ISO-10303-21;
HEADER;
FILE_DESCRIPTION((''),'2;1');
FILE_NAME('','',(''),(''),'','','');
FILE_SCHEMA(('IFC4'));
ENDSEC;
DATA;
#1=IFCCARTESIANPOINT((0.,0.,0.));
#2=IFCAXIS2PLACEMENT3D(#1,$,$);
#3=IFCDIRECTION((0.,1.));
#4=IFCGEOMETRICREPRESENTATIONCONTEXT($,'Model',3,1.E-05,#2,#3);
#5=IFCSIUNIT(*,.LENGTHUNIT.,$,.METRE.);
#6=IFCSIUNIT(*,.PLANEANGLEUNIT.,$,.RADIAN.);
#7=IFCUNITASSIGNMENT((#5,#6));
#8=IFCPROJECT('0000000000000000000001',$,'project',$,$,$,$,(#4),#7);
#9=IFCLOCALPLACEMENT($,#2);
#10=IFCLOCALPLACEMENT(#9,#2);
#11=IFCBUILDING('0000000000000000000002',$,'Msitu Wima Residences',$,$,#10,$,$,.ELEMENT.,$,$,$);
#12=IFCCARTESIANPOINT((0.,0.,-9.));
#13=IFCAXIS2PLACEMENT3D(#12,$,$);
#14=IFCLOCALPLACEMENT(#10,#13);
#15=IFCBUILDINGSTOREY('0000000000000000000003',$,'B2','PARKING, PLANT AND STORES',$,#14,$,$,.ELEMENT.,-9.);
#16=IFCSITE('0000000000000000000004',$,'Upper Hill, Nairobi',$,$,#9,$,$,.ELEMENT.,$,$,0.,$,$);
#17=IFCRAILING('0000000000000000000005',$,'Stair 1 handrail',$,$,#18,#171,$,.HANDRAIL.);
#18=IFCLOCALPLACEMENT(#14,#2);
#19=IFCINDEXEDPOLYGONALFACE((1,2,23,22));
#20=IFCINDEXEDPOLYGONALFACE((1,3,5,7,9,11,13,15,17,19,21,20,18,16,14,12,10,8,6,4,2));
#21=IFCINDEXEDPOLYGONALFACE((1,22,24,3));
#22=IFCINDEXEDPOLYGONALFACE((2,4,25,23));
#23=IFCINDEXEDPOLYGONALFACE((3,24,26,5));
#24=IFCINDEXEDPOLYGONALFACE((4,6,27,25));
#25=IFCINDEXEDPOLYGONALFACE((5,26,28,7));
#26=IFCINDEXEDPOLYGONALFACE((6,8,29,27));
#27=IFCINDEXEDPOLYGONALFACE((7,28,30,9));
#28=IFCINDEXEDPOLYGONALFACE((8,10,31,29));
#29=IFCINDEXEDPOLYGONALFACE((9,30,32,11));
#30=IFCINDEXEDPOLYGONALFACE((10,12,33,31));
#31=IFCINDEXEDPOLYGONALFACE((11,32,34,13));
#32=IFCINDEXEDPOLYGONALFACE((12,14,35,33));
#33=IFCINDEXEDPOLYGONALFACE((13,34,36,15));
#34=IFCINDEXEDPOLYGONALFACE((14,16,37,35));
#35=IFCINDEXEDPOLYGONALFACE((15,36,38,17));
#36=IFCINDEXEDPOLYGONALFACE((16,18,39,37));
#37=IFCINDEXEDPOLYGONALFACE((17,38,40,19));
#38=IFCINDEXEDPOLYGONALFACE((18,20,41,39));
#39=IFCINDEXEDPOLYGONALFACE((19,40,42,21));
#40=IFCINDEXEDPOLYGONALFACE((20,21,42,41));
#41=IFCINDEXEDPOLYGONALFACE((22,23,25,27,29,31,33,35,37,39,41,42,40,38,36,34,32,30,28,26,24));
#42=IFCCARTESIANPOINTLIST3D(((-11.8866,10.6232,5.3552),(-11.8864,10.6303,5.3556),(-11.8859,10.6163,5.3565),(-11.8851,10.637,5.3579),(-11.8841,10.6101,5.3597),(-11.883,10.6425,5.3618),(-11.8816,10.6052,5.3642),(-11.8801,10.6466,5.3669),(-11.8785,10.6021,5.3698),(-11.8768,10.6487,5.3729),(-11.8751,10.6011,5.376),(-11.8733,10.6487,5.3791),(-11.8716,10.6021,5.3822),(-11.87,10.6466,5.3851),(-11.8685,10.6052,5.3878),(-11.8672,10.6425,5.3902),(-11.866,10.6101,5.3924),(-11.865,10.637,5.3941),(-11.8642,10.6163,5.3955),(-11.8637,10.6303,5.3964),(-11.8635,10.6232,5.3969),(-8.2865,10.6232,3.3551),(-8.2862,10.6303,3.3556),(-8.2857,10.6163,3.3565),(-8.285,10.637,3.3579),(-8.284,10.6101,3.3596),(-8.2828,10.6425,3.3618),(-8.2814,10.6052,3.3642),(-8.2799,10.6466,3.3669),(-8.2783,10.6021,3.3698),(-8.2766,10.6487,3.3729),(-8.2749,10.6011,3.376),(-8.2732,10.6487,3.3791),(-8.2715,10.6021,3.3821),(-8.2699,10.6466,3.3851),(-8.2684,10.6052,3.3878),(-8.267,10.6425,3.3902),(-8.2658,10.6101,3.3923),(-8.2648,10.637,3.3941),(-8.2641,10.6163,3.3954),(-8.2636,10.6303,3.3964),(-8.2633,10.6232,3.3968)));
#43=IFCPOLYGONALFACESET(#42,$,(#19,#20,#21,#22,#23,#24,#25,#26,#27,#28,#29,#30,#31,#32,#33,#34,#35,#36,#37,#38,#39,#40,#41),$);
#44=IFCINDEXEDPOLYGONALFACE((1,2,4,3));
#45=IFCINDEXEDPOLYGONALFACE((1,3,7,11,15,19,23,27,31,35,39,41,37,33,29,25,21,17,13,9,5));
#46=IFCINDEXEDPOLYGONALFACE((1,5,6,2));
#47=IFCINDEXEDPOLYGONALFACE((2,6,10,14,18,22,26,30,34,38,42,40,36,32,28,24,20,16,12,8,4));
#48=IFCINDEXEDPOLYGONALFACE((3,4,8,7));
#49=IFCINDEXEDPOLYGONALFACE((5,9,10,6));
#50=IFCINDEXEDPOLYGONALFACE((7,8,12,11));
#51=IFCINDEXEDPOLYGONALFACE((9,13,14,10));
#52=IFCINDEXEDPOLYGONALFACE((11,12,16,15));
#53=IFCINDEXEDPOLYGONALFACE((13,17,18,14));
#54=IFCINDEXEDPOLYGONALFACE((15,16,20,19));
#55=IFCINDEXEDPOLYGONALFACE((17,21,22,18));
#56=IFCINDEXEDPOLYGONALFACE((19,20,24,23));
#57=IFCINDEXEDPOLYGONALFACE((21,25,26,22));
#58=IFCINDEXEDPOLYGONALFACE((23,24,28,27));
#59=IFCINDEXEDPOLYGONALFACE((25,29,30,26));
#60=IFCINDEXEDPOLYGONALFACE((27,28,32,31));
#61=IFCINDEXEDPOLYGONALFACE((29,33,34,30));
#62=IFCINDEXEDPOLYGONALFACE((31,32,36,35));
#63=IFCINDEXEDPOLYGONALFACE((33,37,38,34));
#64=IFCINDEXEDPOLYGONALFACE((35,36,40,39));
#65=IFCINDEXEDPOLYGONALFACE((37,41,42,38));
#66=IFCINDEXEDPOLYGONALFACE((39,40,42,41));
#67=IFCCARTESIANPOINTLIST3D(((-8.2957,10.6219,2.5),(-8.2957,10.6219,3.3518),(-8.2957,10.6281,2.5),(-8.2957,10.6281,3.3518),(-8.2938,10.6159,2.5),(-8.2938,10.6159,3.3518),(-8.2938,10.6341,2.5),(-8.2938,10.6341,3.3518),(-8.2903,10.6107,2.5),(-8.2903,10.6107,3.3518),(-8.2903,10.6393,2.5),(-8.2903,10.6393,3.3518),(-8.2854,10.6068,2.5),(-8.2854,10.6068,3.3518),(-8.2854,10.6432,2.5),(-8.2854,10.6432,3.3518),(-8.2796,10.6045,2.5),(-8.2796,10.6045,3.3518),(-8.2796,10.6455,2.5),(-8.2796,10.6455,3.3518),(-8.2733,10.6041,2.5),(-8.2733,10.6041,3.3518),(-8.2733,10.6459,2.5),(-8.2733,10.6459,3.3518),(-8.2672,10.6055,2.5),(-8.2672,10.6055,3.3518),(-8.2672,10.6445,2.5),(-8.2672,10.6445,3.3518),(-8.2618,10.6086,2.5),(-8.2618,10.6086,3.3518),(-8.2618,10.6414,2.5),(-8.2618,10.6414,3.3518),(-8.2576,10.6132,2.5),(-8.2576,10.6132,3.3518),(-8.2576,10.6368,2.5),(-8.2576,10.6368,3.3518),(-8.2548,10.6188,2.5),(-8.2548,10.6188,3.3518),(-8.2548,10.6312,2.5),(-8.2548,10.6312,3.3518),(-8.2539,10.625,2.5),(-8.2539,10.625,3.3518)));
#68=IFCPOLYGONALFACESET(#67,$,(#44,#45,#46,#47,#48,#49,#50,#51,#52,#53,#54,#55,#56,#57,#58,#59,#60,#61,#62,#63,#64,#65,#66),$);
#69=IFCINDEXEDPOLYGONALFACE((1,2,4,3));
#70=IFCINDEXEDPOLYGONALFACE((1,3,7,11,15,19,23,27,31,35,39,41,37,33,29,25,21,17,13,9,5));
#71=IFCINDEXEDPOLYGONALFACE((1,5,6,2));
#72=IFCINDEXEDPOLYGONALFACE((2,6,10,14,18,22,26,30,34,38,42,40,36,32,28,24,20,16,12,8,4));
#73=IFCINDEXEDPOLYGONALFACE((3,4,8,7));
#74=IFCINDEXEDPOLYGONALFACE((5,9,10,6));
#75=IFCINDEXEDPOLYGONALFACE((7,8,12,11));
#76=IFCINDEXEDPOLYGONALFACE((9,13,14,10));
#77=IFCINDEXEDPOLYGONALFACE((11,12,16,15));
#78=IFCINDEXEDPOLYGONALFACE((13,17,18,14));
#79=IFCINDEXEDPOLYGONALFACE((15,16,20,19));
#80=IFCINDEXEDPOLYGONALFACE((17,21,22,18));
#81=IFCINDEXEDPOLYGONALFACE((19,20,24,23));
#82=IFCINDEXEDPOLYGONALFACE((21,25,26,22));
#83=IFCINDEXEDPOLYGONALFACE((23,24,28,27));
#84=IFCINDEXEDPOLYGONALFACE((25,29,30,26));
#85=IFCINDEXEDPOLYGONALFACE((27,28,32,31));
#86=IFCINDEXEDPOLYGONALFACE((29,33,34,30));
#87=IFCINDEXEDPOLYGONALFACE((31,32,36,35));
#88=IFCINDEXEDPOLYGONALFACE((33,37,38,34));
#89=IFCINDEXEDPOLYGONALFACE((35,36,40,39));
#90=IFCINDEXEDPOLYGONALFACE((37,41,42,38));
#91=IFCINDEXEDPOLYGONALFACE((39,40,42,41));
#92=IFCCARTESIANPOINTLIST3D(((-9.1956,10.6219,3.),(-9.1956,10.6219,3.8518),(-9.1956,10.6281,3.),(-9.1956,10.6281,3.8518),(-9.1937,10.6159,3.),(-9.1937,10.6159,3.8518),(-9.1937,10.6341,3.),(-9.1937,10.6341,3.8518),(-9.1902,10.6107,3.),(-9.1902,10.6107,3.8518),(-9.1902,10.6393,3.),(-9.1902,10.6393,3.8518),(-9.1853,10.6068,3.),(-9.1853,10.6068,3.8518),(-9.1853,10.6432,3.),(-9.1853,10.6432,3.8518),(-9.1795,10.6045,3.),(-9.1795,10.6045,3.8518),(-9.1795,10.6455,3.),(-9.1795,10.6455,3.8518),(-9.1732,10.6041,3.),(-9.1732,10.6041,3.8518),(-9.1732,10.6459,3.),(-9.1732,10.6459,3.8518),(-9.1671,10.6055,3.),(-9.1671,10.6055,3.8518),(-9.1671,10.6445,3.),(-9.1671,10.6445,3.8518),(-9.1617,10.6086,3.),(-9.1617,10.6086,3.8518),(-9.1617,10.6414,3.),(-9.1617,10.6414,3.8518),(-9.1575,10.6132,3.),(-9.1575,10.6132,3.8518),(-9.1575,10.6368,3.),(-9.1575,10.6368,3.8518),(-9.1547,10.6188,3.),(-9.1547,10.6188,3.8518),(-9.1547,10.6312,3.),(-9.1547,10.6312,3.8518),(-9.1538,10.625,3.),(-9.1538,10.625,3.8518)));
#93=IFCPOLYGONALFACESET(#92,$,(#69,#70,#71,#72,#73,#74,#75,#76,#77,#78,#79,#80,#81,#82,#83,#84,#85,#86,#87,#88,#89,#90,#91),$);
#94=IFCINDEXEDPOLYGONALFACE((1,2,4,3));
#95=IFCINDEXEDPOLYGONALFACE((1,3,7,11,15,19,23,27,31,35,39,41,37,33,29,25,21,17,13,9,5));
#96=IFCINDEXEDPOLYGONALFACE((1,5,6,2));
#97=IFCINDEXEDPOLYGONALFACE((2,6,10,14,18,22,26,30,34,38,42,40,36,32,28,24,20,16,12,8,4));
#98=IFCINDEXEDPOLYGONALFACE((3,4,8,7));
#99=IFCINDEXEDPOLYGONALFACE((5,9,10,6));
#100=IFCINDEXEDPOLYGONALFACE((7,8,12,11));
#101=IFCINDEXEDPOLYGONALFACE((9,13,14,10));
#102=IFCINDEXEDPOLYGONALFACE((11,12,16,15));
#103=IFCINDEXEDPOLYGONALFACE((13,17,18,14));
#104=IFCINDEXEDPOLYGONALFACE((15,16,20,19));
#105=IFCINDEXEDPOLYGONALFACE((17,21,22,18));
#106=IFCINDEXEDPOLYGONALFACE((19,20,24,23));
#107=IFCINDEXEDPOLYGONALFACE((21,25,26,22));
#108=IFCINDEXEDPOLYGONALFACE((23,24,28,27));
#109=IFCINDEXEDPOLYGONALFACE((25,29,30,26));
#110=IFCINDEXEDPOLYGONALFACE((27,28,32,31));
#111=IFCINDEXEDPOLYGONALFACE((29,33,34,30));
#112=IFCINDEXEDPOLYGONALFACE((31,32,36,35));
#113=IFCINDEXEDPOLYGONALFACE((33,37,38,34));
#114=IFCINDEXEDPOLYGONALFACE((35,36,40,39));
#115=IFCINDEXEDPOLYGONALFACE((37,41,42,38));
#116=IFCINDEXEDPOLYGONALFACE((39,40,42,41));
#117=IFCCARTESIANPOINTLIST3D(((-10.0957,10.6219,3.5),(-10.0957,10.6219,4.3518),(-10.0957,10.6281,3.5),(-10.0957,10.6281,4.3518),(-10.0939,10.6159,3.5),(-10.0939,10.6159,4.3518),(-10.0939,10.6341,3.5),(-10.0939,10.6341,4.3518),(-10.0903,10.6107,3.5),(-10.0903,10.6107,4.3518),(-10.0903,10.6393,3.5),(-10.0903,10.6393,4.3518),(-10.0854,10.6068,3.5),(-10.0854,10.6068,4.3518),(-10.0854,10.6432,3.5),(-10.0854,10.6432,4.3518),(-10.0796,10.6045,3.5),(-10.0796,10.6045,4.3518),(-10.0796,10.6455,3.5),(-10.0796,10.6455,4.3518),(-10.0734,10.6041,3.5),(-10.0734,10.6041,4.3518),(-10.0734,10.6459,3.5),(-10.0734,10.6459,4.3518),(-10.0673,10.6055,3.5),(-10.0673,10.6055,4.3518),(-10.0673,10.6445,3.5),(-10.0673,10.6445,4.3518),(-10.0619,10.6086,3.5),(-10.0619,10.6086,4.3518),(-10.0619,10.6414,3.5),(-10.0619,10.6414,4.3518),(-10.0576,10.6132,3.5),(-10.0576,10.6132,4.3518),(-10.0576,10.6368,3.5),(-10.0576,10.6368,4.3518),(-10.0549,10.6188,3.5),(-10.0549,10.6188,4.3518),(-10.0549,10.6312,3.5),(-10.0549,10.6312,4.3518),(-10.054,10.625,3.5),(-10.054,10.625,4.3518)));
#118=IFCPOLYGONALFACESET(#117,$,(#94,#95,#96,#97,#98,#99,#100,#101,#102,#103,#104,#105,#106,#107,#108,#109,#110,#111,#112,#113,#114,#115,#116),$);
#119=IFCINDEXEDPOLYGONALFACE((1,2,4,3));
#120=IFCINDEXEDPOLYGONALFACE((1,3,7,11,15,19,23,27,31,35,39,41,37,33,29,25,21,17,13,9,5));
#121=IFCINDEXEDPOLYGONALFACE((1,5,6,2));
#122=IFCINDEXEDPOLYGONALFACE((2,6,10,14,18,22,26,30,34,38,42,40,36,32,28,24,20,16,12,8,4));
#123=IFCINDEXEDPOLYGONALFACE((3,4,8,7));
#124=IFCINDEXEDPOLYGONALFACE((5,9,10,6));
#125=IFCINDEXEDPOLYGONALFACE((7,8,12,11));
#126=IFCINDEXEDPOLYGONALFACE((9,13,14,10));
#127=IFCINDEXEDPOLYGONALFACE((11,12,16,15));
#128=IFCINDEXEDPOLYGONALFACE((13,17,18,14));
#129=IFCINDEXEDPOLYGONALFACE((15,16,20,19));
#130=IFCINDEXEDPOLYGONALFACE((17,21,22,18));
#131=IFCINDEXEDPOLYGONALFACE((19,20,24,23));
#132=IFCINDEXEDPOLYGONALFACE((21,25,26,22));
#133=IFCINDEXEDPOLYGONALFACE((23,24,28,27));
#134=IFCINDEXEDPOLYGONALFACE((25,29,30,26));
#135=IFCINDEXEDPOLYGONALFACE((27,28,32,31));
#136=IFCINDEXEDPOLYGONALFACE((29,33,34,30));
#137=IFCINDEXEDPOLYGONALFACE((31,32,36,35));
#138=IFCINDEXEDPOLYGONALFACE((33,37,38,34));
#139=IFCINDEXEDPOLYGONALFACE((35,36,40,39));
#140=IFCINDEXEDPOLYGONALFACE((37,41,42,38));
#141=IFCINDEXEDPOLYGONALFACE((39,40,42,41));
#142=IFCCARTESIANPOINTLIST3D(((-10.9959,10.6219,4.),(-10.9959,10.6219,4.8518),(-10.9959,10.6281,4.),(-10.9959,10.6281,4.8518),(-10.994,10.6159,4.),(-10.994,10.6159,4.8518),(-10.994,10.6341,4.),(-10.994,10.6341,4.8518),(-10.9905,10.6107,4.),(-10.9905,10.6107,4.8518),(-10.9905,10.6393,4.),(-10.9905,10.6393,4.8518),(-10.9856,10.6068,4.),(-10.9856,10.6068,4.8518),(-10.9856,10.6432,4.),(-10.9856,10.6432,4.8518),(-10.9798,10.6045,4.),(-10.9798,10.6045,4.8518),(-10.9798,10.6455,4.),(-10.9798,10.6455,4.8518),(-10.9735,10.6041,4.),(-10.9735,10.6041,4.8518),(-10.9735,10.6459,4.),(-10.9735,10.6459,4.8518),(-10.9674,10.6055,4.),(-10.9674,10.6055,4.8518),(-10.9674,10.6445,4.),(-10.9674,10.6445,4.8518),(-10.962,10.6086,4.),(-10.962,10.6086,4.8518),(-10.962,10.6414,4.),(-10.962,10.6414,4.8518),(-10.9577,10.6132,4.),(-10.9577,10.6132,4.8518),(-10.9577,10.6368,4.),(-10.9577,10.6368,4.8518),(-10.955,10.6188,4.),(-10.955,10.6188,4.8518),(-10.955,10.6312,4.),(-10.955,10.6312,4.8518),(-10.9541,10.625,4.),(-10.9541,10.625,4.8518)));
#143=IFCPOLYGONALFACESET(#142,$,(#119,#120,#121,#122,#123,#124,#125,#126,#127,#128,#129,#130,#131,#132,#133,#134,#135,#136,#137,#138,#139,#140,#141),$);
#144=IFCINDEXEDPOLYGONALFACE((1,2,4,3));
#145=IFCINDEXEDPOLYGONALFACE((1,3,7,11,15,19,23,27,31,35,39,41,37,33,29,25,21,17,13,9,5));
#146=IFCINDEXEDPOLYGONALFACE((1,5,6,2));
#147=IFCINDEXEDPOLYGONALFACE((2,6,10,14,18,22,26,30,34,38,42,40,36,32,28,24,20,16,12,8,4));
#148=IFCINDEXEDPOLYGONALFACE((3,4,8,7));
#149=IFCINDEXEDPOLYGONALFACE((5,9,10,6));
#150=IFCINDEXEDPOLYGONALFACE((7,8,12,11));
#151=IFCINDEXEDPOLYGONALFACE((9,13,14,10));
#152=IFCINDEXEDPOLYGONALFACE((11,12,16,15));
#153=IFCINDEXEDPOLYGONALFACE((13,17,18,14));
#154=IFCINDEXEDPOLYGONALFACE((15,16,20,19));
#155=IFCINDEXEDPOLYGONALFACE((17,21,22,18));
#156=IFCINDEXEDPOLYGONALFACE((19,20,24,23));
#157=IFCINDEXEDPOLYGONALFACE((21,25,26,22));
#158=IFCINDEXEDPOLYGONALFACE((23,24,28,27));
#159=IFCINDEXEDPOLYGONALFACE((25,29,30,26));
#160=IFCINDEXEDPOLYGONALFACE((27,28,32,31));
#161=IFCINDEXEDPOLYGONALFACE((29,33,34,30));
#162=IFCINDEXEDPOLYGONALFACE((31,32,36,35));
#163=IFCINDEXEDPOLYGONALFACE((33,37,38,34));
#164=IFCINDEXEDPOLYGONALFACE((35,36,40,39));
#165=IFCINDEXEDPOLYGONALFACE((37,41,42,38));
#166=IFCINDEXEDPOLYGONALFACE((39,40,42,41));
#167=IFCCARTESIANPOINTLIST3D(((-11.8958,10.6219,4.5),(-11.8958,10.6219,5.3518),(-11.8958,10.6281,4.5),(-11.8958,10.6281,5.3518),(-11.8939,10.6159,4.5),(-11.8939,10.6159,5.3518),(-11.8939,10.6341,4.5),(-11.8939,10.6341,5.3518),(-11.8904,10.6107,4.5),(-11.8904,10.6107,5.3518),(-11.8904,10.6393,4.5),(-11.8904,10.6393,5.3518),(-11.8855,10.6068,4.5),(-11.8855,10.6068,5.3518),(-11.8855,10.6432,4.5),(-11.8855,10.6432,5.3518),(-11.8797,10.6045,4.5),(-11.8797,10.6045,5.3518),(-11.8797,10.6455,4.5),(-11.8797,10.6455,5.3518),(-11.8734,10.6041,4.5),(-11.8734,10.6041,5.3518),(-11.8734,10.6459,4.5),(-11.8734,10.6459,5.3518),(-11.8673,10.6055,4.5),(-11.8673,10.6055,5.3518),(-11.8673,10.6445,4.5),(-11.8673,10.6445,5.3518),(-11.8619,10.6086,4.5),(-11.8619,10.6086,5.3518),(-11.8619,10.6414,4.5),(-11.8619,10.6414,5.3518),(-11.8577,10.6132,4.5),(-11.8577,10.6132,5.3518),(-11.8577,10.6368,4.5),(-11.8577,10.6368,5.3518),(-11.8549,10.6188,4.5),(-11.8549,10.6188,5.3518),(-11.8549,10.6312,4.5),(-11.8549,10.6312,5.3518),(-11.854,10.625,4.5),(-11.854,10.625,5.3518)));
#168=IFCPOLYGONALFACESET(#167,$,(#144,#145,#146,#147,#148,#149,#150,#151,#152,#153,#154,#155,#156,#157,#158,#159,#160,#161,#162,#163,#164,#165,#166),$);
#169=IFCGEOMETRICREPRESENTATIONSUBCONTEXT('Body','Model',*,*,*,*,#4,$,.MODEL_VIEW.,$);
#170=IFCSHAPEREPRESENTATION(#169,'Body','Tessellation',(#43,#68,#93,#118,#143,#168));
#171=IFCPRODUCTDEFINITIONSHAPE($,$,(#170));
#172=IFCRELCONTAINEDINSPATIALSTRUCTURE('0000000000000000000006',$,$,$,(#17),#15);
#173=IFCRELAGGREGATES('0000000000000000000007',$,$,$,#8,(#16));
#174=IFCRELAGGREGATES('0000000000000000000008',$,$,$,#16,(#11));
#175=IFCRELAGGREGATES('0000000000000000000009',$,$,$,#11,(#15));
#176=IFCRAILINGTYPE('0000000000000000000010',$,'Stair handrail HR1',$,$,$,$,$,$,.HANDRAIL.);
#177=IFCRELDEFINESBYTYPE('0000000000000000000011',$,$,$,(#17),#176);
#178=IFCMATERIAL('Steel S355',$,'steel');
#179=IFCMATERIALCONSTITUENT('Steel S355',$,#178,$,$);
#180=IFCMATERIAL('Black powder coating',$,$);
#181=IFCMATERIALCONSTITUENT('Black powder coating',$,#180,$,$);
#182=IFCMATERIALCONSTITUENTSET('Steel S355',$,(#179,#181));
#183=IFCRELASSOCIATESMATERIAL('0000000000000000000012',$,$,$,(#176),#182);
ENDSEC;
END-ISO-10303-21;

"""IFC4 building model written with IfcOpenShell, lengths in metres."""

from ifc_helpers import new_model, si_unit, direction, frame, origin, origin_2d, place, context, subcontext, project, spatial, circle, extrude, material, constituent, constituent_set, type_object, element, save


model = new_model("IFC4")

# Units and contexts
model_context = context("Model", 3, precision=1e-05, world=origin(), true_north=direction((0.0, 1.0)))
body_context = subcontext(model_context, "Body", "Model", "MODEL_VIEW")
ifc_project = project(units=[si_unit("LENGTHUNIT", "METRE"), si_unit("PLANEANGLEUNIT", "RADIAN")], contexts=[model_context])

# Site, building, storey
site_placement = place(None, origin())
site = spatial("IfcSite", under=ifc_project, at=site_placement, Name="Upper Hill, Nairobi", CompositionType="ELEMENT", RefElevation=0.0)
building_placement = place(site_placement, origin())
building = spatial("IfcBuilding", under=site, at=building_placement, Name="Msitu Wima Residences", CompositionType="ELEMENT")
storey_placement = place(building_placement, frame((0.0, 0.0, -9.0)))
storey = spatial("IfcBuildingStorey", under=building, at=storey_placement, Name="B2", Description="PARKING, PLANT AND STORES", CompositionType="ELEMENT", Elevation=-9.0)

# Railing
ifc_material_1 = material(Name="Steel S355", Category="steel")
ifc_constituent_1 = constituent(ifc_material_1, Name="Steel S355")
ifc_material_2 = material(Name="Black powder coating")
ifc_constituent_2 = constituent(ifc_material_2, Name="Black powder coating")
ifc_constituent_set = constituent_set(constituents=[ifc_constituent_1, ifc_constituent_2], Name="Steel S355")
railing_type = type_object("IfcRailingType", Name="Stair handrail HR1", PredefinedType="HANDRAIL", material=ifc_constituent_set)
for number, where, name in (
    (1, (-8.2749, 10.625, 2.5), "Stair 1 handrail"),
):
    element("IfcRailing", number, at=place(storey_placement, frame(where)), inside=storey, type_object=railing_type, Name=name, PredefinedType="HANDRAIL", context=body_context, shape_type="SweptSolid", body=[
        extrude(circle(Radius=0.0239, at=origin_2d()), frame((0.0, 0.0, 0.876), z_axis=(-0.874163, 0.0, 0.485633), x_axis=(0.0, -1.0, 0.0)), (0.0, 0.0, 1.0), 4.1184),
        extrude(circle(Radius=0.021, at=origin_2d()), origin(), (0.0, 0.0, 1.0), 0.8518),
        extrude(circle(Radius=0.021, at=origin_2d()), frame((-0.8999, 0.0, 0.5)), (0.0, 0.0, 1.0), 0.8518),
        extrude(circle(Radius=0.021, at=origin_2d()), frame((-1.8, 0.0, 1.0)), (0.0, 0.0, 1.0), 0.8518),
        extrude(circle(Radius=0.021, at=origin_2d()), frame((-2.7002, 0.0, 1.5)), (0.0, 0.0, 1.0), 0.8518),
        extrude(circle(Radius=0.021, at=origin_2d()), frame((-3.6001, 0.0, 2.0)), (0.0, 0.0, 1.0), 0.8518),
    ])

save(model, "model.ifc")
